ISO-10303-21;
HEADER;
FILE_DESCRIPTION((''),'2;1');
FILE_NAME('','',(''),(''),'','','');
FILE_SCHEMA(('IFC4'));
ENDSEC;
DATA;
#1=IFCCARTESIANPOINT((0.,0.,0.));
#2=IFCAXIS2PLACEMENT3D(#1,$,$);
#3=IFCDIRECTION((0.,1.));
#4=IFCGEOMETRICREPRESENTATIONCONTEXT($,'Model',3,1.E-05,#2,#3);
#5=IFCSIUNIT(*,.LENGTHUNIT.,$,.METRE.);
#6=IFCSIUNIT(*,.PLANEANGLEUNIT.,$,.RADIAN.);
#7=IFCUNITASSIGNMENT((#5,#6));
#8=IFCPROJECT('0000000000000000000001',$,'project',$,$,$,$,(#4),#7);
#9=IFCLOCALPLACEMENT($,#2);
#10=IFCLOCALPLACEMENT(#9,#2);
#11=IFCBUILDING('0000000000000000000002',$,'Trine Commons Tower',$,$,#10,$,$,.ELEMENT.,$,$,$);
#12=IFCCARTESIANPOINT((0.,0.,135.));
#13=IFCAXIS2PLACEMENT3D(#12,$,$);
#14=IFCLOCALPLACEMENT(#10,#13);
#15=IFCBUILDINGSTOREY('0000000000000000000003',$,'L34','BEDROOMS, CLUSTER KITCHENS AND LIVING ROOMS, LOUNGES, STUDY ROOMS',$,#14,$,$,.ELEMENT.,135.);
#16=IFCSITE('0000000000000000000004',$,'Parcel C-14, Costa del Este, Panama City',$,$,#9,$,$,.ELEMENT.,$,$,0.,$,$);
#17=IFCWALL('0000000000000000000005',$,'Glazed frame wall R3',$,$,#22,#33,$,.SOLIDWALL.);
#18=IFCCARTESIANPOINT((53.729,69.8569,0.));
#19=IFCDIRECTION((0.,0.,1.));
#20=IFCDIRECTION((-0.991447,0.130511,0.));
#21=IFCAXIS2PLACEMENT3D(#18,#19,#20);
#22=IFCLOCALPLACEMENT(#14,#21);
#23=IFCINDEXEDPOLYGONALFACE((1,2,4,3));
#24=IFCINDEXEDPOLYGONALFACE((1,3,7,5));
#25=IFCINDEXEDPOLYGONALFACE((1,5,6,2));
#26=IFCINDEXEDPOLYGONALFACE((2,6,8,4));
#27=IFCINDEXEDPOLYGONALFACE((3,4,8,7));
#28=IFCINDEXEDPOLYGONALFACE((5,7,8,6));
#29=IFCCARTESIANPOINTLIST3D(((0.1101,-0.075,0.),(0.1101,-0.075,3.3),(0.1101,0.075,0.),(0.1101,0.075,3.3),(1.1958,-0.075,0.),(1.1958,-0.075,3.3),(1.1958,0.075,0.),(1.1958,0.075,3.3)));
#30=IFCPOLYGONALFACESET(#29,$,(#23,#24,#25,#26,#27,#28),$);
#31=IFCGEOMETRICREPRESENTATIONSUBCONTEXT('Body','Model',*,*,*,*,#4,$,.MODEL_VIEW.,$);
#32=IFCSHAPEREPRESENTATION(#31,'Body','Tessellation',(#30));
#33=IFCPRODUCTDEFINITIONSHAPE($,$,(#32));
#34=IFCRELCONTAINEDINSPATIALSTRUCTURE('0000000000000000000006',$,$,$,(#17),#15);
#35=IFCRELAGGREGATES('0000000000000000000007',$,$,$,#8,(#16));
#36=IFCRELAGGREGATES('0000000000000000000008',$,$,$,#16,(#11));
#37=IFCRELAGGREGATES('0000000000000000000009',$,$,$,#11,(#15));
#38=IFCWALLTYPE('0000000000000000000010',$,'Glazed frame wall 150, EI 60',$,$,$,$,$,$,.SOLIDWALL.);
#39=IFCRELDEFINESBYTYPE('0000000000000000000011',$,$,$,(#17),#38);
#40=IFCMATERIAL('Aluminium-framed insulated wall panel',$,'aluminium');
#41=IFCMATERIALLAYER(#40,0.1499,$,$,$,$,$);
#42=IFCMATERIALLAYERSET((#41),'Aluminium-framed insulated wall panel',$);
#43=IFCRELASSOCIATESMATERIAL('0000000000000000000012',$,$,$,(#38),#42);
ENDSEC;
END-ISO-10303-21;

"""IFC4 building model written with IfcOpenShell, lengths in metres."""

from ifc_helpers import new_model, si_unit, direction, frame, origin, place, context, subcontext, project, spatial, polyline, outline, extrude, material, layer, layer_set, type_object, element, save


model = new_model("IFC4")

# Units and contexts
model_context = context("Model", 3, precision=1e-05, world=origin(), true_north=direction((0.0, 1.0)))
body_context = subcontext(model_context, "Body", "Model", "MODEL_VIEW")
ifc_project = project(units=[si_unit("LENGTHUNIT", "METRE"), si_unit("PLANEANGLEUNIT", "RADIAN")], contexts=[model_context])

# Site, building, storey
site_placement = place(None, origin())
site = spatial("IfcSite", under=ifc_project, at=site_placement, Name="Parcel C-14, Costa del Este, Panama City", CompositionType="ELEMENT", RefElevation=0.0)
building_placement = place(site_placement, origin())
building = spatial("IfcBuilding", under=site, at=building_placement, Name="Trine Commons Tower", CompositionType="ELEMENT")
storey_placement = place(building_placement, frame((0.0, 0.0, 135.0)))
storey = spatial("IfcBuildingStorey", under=building, at=storey_placement, Name="L34", Description="BEDROOMS, CLUSTER KITCHENS AND LIVING ROOMS, LOUNGES, STUDY ROOMS", CompositionType="ELEMENT", Elevation=135.0)

# Shared definitions
ifc_material_1 = material(Name="Aluminium-framed insulated wall panel", Category="aluminium")
ifc_layer_1 = layer(ifc_material_1, 0.1499)
ifc_layer_set_1 = layer_set([ifc_layer_1], Name="Aluminium-framed insulated wall panel")
wall_type_1 = type_object("IfcWallType", Name="Glazed frame wall 150, EI 60", PredefinedType="SOLIDWALL", material=ifc_layer_set_1)

# Wall
wall_1_placement = place(storey_placement, frame((53.729, 69.8569, 0.0), z_axis=(0.0, 0.0, 1.0), x_axis=(-0.991447, 0.130511, 0.0)))
element("IfcWall", 1, at=wall_1_placement, inside=storey, type_object=wall_type_1, Name="Glazed frame wall R3", PredefinedType="SOLIDWALL", context=body_context, shape_type="SweptSolid", body=[
    extrude(outline(polyline([(0.1101, 0.075), (0.1101, -0.075), (1.1958, -0.075), (1.1958, 0.075), (0.1101, 0.075)])), origin(), (0.0, 0.0, 1.0), 3.3),
])

save(model, "model.ifc")
